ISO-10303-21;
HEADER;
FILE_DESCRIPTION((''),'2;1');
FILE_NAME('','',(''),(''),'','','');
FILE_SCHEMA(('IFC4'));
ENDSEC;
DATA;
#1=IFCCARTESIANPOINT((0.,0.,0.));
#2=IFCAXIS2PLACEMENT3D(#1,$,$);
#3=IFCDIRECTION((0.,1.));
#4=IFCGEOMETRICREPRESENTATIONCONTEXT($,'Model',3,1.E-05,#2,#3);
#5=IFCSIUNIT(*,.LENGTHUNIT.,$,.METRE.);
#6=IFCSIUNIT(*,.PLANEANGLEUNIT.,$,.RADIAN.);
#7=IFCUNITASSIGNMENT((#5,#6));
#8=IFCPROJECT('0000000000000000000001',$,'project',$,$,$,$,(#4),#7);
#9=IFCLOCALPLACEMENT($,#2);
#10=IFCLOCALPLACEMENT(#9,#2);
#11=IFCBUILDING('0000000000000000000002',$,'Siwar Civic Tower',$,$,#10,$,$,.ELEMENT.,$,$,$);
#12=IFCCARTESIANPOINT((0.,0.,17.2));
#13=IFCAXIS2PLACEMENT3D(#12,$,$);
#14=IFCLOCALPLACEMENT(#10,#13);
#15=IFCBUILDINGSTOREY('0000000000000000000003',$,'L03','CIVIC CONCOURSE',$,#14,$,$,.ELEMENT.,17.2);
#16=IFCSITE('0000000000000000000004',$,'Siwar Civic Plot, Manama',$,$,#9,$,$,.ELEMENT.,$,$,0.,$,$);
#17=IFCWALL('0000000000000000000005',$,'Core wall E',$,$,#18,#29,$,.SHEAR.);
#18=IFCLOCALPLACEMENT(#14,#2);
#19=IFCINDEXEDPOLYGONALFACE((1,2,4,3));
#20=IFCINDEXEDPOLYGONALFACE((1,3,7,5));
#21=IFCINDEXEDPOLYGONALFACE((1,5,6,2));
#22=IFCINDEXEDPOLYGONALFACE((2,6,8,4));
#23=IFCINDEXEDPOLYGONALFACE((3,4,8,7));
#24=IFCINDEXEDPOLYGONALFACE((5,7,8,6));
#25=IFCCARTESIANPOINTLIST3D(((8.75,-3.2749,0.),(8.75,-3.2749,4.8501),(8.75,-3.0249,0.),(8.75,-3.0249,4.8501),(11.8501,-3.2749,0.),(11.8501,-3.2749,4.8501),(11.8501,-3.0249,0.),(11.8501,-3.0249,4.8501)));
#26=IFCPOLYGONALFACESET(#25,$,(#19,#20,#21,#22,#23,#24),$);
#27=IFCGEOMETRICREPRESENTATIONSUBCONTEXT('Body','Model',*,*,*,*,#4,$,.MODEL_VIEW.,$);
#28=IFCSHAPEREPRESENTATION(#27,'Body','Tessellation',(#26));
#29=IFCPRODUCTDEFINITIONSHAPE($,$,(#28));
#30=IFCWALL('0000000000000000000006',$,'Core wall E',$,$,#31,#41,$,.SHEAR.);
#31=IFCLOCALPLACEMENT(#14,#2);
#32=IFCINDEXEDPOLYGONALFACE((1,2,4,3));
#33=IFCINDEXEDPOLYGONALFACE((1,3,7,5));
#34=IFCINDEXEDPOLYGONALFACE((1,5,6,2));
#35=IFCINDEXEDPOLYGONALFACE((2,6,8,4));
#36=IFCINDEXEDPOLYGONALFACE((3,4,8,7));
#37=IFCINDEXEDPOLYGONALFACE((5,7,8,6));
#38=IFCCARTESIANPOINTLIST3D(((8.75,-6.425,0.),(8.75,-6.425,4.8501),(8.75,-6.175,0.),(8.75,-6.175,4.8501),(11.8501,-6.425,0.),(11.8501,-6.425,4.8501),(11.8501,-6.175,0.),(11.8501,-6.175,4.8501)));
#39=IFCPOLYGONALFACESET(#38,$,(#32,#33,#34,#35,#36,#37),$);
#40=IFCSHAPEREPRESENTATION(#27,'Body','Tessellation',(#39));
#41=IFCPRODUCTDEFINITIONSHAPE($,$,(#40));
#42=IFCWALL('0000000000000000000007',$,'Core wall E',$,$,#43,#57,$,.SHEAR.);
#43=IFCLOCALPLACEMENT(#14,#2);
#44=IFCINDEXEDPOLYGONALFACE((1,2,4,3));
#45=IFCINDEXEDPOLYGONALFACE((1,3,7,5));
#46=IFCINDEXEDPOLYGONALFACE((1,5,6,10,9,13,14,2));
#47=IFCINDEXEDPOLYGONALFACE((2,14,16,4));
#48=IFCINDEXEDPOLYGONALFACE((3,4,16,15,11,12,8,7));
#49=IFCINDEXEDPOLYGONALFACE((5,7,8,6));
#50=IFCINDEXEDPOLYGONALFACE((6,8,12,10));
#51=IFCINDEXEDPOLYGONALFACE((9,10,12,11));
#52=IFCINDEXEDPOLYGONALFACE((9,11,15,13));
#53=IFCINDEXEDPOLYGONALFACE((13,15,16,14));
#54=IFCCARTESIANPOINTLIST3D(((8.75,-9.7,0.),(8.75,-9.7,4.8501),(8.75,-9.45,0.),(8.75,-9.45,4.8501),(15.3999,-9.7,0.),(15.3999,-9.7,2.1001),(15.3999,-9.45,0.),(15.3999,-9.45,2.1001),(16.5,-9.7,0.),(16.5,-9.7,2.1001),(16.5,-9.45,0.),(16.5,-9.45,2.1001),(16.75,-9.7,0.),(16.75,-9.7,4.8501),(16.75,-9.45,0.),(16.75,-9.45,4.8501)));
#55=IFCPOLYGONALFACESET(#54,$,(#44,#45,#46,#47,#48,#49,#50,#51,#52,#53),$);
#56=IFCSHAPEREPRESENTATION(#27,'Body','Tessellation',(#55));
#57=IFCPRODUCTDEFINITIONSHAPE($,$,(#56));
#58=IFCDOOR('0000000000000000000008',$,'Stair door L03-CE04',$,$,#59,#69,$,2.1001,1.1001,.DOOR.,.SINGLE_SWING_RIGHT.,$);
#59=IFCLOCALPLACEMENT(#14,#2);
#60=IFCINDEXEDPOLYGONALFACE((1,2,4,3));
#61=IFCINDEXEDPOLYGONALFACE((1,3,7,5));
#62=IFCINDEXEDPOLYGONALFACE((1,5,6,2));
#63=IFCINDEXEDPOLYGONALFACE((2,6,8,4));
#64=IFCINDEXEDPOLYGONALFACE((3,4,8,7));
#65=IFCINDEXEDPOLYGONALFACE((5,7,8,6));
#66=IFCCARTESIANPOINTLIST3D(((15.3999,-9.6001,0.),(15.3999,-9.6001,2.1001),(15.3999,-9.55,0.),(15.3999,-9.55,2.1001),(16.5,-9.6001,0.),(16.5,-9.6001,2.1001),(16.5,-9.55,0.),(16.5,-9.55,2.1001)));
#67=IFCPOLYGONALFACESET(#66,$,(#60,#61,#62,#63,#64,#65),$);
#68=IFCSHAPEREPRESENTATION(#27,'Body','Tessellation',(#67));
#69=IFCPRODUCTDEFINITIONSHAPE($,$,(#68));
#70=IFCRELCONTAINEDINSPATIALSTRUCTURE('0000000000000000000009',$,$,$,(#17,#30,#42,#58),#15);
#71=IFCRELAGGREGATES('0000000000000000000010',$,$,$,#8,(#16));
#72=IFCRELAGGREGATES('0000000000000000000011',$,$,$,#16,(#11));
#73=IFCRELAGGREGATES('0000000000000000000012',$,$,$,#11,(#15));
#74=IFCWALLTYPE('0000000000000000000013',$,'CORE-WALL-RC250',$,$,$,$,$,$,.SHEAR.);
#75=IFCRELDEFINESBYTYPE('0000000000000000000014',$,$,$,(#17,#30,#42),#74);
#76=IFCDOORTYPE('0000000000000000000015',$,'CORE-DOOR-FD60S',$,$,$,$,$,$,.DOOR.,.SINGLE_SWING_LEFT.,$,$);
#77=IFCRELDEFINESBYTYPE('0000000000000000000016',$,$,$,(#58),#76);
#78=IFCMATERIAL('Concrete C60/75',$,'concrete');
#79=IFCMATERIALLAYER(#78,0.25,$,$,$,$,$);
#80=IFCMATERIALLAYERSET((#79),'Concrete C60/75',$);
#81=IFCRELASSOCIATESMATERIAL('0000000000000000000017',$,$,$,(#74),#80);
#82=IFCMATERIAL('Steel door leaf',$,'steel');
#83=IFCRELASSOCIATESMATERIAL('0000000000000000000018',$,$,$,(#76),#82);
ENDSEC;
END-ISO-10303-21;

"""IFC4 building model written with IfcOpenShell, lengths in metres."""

from ifc_helpers import new_model, si_unit, direction, frame, frame_2d, origin, place, context, subcontext, project, spatial, rectangle, extrude, material, layer, layer_set, type_object, element, fill, save


model = new_model("IFC4")

# Units and contexts
model_context = context("Model", 3, precision=1e-05, world=origin(), true_north=direction((0.0, 1.0)))
body_context = subcontext(model_context, "Body", "Model", "MODEL_VIEW")
ifc_project = project(units=[si_unit("LENGTHUNIT", "METRE"), si_unit("PLANEANGLEUNIT", "RADIAN")], contexts=[model_context])

# Site, building, storey
site_placement = place(None, origin())
site = spatial("IfcSite", under=ifc_project, at=site_placement, Name="Siwar Civic Plot, Manama", CompositionType="ELEMENT", RefElevation=0.0)
building_placement = place(site_placement, origin())
building = spatial("IfcBuilding", under=site, at=building_placement, Name="Siwar Civic Tower", CompositionType="ELEMENT")
storey_placement = place(building_placement, frame((0.0, 0.0, 17.2)))
storey = spatial("IfcBuildingStorey", under=building, at=storey_placement, Name="L03", Description="CIVIC CONCOURSE", CompositionType="ELEMENT", Elevation=17.2)

# Shared definitions
ifc_material_1 = material(Name="Concrete C60/75", Category="concrete")
ifc_layer_1 = layer(ifc_material_1, 0.25)
ifc_layer_set_1 = layer_set([ifc_layer_1], Name="Concrete C60/75")
wall_type_1 = type_object("IfcWallType", Name="CORE-WALL-RC250", PredefinedType="SHEAR", material=ifc_layer_set_1)

# Walls
for number, where, z_axis, x_axis, name in (
    (1, (8.75, -3.1499, 0.0), (0.0, 0.0, 1.0), (1.0, 0.0, 0.0), "Core wall E"),
    (2, (8.75, -6.3, 0.0), (0.0, 0.0, 1.0), (1.0, 0.0, 0.0), "Core wall E"),
):
    element("IfcWall", number, at=place(storey_placement, frame(where, z_axis=z_axis, x_axis=x_axis)), inside=storey, type_object=wall_type_1, Name=name, PredefinedType="SHEAR", context=body_context, shape_type="SweptSolid", body=[
        extrude(rectangle(XDim=3.1001, YDim=0.25, at=frame_2d((1.55, 0.0))), origin(), (0.0, 0.0, 1.0), 4.8501),
    ])

# Wall, opening, door
wall_1_placement = place(storey_placement, frame((8.75, -9.575, 0.0), z_axis=(0.0, 0.0, 1.0), x_axis=(1.0, 0.0, 0.0)))
wall_1 = element("IfcWall", 3, at=wall_1_placement, inside=storey, type_object=wall_type_1, Name="Core wall E", PredefinedType="SHEAR", context=body_context, shape_type="SweptSolid", body=[
    extrude(rectangle(XDim=8.0, YDim=0.25, at=frame_2d((4.0, 0.0))), origin(), (0.0, 0.0, 1.0), 4.8501),
])
opening_1_placement = place(wall_1_placement, frame((6.6499, 0.0, 0.0)))
opening_1 = element("IfcOpeningElement", 4, at=opening_1_placement, cuts=wall_1, PredefinedType="OPENING", context=body_context, shape_type="SweptSolid", body=[
    extrude(rectangle(XDim=1.1001, YDim=2.1001, at=frame_2d((0.55, 1.05))), frame((0.0, 0.135, 0.0), z_axis=(0.0, -1.0, 0.0), x_axis=(1.0, 0.0, 0.0)), (0.0, 0.0, 1.0), 0.27),
])
ifc_material_2 = material(Name="Steel door leaf", Category="steel")
door_type_1 = type_object("IfcDoorType", Name="CORE-DOOR-FD60S", OperationType="SINGLE_SWING_LEFT", PredefinedType="DOOR", material=ifc_material_2)
door_1_placement = place(opening_1_placement, origin())
door_1 = element("IfcDoor", 5, at=door_1_placement, inside=storey, type_object=door_type_1, Name="Stair door L03-CE04", OperationType="SINGLE_SWING_RIGHT", OverallHeight=2.1001, OverallWidth=1.1001, PredefinedType="DOOR", context=body_context, shape_type="SweptSolid", body=[
    extrude(rectangle(XDim=1.1001, YDim=2.1001, at=frame_2d((0.55, 1.05))), frame((0.0, 0.0249, 0.0), z_axis=(0.0, -1.0, 0.0), x_axis=(1.0, 0.0, 0.0)), (0.0, 0.0, 1.0), 0.05),
])
fill(opening_1, door_1)

save(model, "model.ifc")
